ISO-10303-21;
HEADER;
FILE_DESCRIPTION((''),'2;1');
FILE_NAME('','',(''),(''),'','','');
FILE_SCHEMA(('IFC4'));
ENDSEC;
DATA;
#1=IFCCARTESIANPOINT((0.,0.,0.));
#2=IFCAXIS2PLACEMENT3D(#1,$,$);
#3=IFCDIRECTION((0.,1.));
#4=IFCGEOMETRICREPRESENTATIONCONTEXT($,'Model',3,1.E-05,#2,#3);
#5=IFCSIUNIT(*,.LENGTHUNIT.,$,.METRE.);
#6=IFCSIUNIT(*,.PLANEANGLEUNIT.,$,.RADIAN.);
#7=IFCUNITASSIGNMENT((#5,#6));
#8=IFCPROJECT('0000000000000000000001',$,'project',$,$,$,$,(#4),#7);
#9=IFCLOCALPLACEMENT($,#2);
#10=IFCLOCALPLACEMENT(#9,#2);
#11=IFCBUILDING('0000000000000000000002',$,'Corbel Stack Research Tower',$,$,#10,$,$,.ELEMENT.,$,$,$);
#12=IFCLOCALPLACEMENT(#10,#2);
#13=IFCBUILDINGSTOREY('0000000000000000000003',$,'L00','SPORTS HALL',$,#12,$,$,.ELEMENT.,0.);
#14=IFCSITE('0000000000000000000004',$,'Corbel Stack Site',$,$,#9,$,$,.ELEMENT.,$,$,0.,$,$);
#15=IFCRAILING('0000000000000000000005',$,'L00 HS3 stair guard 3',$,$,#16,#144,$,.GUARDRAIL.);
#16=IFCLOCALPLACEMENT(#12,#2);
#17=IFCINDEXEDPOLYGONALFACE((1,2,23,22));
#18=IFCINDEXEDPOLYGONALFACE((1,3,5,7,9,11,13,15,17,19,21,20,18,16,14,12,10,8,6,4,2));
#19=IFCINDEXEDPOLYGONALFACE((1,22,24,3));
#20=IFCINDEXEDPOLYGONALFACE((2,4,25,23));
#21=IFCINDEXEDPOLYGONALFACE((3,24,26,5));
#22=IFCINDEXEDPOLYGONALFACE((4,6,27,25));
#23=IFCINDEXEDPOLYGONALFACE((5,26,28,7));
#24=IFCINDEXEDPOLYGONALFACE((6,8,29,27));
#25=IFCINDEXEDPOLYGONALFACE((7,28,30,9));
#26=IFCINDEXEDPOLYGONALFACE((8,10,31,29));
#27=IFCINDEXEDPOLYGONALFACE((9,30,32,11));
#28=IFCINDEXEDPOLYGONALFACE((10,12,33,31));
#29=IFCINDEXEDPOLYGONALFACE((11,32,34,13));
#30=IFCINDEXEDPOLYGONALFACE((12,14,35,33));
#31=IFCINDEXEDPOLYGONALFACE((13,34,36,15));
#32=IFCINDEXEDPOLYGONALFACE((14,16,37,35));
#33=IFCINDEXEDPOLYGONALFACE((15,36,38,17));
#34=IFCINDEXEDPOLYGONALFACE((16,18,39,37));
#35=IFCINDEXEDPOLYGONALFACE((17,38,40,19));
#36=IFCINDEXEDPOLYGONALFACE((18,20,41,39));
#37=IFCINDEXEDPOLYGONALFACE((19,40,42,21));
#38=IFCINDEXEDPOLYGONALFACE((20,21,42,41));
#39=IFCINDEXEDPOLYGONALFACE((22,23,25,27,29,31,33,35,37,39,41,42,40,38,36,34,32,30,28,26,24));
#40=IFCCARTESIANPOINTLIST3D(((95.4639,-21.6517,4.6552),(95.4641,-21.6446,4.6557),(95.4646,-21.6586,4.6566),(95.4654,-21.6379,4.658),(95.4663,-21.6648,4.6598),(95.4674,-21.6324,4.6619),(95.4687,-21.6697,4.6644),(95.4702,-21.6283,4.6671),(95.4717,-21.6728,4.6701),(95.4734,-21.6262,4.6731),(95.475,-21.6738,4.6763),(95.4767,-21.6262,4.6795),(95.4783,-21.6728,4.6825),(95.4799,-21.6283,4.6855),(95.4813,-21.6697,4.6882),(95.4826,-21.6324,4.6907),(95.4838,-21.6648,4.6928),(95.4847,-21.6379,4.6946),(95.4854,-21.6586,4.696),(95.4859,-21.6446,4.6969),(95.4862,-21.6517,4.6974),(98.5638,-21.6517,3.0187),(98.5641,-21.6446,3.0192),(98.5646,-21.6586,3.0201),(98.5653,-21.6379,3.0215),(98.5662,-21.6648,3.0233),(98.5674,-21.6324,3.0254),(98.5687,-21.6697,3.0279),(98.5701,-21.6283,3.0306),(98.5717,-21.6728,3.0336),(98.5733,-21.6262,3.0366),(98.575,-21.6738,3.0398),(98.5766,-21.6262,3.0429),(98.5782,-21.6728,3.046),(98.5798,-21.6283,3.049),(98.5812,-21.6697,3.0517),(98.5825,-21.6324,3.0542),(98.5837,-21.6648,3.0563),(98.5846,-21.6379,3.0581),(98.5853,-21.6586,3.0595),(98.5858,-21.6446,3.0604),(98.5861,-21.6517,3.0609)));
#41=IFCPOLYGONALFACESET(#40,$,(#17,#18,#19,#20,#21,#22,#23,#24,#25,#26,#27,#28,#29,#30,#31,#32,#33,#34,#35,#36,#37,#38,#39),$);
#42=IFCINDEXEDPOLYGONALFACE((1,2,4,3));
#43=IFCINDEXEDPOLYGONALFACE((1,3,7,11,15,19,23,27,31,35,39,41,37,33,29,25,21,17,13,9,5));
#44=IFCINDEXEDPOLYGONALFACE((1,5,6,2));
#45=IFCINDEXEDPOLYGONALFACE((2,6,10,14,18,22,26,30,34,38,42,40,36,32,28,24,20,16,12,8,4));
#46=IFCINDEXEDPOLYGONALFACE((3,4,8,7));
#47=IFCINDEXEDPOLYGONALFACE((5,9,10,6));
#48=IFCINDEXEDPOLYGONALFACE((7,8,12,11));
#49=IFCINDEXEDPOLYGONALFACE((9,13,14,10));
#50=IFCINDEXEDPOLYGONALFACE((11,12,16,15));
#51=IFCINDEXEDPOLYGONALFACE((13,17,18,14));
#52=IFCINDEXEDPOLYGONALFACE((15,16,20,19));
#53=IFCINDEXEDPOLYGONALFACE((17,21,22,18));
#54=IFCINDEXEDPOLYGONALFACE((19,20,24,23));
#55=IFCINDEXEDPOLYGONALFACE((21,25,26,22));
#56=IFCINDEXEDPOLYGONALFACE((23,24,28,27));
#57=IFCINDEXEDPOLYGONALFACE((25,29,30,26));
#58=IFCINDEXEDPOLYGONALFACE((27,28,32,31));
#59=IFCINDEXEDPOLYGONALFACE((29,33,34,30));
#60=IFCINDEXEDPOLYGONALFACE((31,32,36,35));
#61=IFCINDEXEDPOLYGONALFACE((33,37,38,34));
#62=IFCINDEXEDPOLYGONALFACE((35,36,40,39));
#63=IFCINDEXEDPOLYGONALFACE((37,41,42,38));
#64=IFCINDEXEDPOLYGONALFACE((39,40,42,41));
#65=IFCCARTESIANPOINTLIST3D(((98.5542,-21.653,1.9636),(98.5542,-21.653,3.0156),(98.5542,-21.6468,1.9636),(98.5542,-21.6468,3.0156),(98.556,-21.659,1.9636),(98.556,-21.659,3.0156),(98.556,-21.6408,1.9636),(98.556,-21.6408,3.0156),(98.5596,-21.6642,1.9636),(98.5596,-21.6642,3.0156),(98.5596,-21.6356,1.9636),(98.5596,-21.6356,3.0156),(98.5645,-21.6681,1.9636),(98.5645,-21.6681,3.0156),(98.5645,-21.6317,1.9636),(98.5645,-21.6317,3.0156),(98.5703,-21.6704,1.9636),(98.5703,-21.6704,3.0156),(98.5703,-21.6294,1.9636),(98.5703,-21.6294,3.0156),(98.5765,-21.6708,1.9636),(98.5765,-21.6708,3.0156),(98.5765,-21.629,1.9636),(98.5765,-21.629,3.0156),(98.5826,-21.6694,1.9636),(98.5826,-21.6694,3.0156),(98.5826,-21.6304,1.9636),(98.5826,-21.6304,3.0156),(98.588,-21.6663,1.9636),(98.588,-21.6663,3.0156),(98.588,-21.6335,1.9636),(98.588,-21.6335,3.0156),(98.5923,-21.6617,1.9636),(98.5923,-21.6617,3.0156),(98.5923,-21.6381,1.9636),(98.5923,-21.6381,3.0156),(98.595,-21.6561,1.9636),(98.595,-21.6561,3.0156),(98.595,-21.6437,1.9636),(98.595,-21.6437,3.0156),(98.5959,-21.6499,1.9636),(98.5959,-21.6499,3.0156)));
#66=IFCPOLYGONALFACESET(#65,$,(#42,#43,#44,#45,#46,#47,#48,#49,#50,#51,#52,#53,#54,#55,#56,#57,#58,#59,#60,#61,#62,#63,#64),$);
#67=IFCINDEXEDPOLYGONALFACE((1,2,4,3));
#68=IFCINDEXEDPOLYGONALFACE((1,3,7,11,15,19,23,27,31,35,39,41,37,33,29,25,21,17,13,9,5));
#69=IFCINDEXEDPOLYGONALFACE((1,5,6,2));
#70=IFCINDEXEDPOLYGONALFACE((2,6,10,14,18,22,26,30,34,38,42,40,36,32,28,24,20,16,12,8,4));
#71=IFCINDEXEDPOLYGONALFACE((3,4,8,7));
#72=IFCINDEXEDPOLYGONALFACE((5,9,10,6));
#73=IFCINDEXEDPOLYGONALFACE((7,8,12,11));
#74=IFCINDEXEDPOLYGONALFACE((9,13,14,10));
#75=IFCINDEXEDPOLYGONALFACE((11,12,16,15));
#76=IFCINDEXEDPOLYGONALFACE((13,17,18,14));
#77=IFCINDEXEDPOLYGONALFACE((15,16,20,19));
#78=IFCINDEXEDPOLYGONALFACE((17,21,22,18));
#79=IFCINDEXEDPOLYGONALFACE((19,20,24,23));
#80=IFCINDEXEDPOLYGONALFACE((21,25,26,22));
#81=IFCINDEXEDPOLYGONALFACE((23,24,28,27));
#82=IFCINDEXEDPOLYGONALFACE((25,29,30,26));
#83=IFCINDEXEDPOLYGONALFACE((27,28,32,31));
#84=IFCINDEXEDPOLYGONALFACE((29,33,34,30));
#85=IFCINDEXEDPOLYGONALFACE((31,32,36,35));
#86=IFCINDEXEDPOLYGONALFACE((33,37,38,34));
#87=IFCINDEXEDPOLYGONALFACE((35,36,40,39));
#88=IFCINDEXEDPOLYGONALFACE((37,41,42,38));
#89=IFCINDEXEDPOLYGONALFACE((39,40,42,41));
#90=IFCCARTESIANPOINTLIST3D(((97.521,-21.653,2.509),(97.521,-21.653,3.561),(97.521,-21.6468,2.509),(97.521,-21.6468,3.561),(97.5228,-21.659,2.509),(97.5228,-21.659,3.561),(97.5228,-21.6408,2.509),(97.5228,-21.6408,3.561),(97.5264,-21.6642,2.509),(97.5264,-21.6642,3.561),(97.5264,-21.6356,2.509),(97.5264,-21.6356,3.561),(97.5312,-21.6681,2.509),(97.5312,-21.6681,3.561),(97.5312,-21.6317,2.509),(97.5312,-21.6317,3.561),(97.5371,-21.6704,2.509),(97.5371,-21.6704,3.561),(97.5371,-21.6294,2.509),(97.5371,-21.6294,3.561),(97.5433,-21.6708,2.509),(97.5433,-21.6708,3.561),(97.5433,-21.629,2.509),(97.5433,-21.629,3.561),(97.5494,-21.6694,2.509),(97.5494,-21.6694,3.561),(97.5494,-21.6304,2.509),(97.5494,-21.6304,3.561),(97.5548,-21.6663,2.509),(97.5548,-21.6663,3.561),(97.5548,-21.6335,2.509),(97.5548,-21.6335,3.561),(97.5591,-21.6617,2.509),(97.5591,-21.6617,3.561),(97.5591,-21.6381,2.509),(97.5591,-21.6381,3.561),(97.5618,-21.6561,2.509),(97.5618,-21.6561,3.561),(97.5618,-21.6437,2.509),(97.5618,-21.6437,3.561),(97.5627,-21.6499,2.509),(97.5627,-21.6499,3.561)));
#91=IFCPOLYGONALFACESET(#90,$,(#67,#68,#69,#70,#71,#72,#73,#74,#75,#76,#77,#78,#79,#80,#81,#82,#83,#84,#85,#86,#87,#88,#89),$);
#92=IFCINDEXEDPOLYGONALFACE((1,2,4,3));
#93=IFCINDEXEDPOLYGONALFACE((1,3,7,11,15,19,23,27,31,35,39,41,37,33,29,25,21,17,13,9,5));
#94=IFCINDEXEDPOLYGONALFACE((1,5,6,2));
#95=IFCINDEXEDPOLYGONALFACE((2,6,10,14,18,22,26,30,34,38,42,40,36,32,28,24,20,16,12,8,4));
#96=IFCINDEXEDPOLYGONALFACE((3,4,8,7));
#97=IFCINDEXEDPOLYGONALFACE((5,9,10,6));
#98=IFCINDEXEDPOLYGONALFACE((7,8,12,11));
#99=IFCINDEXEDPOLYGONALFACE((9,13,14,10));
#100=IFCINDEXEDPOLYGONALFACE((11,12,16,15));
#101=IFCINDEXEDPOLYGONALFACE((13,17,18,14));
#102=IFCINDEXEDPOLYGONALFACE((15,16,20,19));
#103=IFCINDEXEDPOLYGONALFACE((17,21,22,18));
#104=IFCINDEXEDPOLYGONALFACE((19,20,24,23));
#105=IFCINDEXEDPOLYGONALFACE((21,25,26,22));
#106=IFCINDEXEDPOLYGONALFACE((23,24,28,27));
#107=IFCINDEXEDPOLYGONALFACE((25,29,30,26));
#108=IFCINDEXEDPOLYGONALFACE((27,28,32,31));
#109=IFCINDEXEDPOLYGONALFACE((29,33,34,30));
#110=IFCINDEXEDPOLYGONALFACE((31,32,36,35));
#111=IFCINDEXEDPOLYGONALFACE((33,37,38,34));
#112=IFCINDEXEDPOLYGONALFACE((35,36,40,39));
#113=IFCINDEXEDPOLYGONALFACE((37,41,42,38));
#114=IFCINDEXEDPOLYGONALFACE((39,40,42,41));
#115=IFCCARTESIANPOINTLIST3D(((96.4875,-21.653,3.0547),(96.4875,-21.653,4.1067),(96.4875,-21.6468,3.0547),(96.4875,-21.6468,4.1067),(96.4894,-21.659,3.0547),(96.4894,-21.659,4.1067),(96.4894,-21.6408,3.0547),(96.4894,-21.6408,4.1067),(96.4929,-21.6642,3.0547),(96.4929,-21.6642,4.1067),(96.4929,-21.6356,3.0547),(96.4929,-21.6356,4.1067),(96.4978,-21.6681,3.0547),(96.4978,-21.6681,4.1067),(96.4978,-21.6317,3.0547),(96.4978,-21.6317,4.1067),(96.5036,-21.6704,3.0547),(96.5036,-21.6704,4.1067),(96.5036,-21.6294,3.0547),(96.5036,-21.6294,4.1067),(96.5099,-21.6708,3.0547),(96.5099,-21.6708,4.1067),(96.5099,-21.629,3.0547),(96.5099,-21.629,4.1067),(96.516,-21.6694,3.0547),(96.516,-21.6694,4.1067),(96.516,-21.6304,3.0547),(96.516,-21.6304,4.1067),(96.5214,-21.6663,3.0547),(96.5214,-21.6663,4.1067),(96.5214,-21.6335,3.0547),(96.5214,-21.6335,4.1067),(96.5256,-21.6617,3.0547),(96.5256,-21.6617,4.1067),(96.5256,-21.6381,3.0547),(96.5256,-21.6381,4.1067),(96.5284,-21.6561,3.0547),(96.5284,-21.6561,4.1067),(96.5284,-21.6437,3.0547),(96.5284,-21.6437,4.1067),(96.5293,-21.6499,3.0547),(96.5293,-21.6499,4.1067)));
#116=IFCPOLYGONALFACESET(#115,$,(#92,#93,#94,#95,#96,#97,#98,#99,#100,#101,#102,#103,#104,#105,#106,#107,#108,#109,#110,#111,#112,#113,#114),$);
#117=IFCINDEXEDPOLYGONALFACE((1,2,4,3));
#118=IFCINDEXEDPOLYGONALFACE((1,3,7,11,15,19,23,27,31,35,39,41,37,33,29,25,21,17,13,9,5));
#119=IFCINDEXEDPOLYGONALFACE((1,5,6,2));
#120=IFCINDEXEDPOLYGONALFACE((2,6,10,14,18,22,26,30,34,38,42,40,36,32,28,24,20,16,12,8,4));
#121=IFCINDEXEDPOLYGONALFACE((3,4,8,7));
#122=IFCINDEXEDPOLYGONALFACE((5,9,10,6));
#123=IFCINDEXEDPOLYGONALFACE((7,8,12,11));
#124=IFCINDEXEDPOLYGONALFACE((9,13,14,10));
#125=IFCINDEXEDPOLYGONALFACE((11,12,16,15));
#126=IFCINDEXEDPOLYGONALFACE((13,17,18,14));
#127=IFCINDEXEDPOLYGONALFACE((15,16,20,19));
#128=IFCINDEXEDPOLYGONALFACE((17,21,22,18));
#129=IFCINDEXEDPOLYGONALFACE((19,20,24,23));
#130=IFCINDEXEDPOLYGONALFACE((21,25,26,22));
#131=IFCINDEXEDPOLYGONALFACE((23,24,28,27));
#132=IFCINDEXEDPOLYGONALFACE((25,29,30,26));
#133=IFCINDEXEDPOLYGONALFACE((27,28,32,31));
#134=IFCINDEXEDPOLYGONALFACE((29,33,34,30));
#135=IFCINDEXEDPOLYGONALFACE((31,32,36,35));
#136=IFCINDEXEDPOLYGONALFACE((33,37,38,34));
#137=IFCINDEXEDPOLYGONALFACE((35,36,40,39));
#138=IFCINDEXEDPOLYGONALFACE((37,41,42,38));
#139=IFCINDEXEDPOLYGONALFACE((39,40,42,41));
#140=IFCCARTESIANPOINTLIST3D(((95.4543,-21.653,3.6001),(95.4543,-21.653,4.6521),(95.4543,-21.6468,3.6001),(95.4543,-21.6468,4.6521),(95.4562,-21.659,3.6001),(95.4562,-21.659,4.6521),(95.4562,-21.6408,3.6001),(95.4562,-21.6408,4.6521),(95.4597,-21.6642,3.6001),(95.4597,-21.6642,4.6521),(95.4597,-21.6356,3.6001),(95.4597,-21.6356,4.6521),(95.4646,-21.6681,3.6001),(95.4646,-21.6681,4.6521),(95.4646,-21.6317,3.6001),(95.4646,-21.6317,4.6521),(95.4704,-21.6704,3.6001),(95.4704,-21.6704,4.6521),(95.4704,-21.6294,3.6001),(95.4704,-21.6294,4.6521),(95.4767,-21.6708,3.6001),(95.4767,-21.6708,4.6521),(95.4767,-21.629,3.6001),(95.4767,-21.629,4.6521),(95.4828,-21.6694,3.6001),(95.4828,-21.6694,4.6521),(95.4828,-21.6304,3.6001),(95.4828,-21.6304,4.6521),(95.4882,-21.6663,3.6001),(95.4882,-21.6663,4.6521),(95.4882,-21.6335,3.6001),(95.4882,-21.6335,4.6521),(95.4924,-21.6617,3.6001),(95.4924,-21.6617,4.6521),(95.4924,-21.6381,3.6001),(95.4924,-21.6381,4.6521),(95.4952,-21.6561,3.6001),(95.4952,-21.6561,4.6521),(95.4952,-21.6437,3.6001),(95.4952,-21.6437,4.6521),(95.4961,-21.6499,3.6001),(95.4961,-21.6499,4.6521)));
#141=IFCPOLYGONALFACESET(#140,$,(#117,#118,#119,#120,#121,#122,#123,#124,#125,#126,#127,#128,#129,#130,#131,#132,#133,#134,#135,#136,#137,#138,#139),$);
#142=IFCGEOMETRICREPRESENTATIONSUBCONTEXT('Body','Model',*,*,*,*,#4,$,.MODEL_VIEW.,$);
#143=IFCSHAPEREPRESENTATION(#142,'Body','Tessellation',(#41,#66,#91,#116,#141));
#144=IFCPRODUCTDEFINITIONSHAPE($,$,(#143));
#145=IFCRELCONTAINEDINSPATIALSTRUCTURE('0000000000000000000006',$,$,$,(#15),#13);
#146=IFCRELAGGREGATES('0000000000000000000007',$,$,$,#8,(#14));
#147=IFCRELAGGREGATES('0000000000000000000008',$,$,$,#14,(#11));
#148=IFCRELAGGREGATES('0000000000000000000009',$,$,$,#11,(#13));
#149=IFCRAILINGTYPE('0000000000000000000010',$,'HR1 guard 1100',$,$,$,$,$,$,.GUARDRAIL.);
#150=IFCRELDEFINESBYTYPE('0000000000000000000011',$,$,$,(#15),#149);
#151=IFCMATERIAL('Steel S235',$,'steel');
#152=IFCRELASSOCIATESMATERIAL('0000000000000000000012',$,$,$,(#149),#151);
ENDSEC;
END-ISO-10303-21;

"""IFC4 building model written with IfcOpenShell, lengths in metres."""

from ifc_helpers import new_model, si_unit, direction, frame, origin, origin_2d, place, context, subcontext, project, spatial, circle, extrude, material, type_object, element, save


model = new_model("IFC4")

# Units and contexts
model_context = context("Model", 3, precision=1e-05, world=origin(), true_north=direction((0.0, 1.0)))
body_context = subcontext(model_context, "Body", "Model", "MODEL_VIEW")
ifc_project = project(units=[si_unit("LENGTHUNIT", "METRE"), si_unit("PLANEANGLEUNIT", "RADIAN")], contexts=[model_context])

# Site, building, storey
site_placement = place(None, origin())
site = spatial("IfcSite", under=ifc_project, at=site_placement, Name="Corbel Stack Site", CompositionType="ELEMENT", RefElevation=0.0)
building_placement = place(site_placement, origin())
building = spatial("IfcBuilding", under=site, at=building_placement, Name="Corbel Stack Research Tower", CompositionType="ELEMENT")
storey_placement = place(building_placement, origin())
storey = spatial("IfcBuildingStorey", under=building, at=storey_placement, Name="L00", Description="SPORTS HALL", CompositionType="ELEMENT", Elevation=0.0)

# Railing
ifc_material_1 = material(Name="Steel S235", Category="steel")
railing_type_1 = type_object("IfcRailingType", Name="HR1 guard 1100", PredefinedType="GUARDRAIL", material=ifc_material_1)
railing_1_placement = place(storey_placement, frame((98.575, -21.6499, 1.9636)))
element("IfcRailing", 1, at=railing_1_placement, inside=storey, type_object=railing_type_1, Name="L00 HS3 stair guard 3", PredefinedType="GUARDRAIL", context=body_context, shape_type="SweptSolid", body=[
    extrude(circle(Radius=0.0239, at=origin_2d()), frame((0.0, 0.0, 1.0762), z_axis=(-0.884333, 0.0, 0.466857), x_axis=(0.0, -1.0, 0.0)), (0.0, 0.0, 1.0), 3.5054),
    extrude(circle(Radius=0.021, at=origin_2d()), origin(), (0.0, 0.0, 1.0), 1.052),
    extrude(circle(Radius=0.021, at=origin_2d()), frame((-1.0332, 0.0, 0.5454)), (0.0, 0.0, 1.0), 1.052),
    extrude(circle(Radius=0.021, at=origin_2d()), frame((-2.0667, 0.0, 1.0911)), (0.0, 0.0, 1.0), 1.052),
    extrude(circle(Radius=0.021, at=origin_2d()), frame((-3.0999, 0.0, 1.6365)), (0.0, 0.0, 1.0), 1.052),
])

save(model, "model.ifc")
